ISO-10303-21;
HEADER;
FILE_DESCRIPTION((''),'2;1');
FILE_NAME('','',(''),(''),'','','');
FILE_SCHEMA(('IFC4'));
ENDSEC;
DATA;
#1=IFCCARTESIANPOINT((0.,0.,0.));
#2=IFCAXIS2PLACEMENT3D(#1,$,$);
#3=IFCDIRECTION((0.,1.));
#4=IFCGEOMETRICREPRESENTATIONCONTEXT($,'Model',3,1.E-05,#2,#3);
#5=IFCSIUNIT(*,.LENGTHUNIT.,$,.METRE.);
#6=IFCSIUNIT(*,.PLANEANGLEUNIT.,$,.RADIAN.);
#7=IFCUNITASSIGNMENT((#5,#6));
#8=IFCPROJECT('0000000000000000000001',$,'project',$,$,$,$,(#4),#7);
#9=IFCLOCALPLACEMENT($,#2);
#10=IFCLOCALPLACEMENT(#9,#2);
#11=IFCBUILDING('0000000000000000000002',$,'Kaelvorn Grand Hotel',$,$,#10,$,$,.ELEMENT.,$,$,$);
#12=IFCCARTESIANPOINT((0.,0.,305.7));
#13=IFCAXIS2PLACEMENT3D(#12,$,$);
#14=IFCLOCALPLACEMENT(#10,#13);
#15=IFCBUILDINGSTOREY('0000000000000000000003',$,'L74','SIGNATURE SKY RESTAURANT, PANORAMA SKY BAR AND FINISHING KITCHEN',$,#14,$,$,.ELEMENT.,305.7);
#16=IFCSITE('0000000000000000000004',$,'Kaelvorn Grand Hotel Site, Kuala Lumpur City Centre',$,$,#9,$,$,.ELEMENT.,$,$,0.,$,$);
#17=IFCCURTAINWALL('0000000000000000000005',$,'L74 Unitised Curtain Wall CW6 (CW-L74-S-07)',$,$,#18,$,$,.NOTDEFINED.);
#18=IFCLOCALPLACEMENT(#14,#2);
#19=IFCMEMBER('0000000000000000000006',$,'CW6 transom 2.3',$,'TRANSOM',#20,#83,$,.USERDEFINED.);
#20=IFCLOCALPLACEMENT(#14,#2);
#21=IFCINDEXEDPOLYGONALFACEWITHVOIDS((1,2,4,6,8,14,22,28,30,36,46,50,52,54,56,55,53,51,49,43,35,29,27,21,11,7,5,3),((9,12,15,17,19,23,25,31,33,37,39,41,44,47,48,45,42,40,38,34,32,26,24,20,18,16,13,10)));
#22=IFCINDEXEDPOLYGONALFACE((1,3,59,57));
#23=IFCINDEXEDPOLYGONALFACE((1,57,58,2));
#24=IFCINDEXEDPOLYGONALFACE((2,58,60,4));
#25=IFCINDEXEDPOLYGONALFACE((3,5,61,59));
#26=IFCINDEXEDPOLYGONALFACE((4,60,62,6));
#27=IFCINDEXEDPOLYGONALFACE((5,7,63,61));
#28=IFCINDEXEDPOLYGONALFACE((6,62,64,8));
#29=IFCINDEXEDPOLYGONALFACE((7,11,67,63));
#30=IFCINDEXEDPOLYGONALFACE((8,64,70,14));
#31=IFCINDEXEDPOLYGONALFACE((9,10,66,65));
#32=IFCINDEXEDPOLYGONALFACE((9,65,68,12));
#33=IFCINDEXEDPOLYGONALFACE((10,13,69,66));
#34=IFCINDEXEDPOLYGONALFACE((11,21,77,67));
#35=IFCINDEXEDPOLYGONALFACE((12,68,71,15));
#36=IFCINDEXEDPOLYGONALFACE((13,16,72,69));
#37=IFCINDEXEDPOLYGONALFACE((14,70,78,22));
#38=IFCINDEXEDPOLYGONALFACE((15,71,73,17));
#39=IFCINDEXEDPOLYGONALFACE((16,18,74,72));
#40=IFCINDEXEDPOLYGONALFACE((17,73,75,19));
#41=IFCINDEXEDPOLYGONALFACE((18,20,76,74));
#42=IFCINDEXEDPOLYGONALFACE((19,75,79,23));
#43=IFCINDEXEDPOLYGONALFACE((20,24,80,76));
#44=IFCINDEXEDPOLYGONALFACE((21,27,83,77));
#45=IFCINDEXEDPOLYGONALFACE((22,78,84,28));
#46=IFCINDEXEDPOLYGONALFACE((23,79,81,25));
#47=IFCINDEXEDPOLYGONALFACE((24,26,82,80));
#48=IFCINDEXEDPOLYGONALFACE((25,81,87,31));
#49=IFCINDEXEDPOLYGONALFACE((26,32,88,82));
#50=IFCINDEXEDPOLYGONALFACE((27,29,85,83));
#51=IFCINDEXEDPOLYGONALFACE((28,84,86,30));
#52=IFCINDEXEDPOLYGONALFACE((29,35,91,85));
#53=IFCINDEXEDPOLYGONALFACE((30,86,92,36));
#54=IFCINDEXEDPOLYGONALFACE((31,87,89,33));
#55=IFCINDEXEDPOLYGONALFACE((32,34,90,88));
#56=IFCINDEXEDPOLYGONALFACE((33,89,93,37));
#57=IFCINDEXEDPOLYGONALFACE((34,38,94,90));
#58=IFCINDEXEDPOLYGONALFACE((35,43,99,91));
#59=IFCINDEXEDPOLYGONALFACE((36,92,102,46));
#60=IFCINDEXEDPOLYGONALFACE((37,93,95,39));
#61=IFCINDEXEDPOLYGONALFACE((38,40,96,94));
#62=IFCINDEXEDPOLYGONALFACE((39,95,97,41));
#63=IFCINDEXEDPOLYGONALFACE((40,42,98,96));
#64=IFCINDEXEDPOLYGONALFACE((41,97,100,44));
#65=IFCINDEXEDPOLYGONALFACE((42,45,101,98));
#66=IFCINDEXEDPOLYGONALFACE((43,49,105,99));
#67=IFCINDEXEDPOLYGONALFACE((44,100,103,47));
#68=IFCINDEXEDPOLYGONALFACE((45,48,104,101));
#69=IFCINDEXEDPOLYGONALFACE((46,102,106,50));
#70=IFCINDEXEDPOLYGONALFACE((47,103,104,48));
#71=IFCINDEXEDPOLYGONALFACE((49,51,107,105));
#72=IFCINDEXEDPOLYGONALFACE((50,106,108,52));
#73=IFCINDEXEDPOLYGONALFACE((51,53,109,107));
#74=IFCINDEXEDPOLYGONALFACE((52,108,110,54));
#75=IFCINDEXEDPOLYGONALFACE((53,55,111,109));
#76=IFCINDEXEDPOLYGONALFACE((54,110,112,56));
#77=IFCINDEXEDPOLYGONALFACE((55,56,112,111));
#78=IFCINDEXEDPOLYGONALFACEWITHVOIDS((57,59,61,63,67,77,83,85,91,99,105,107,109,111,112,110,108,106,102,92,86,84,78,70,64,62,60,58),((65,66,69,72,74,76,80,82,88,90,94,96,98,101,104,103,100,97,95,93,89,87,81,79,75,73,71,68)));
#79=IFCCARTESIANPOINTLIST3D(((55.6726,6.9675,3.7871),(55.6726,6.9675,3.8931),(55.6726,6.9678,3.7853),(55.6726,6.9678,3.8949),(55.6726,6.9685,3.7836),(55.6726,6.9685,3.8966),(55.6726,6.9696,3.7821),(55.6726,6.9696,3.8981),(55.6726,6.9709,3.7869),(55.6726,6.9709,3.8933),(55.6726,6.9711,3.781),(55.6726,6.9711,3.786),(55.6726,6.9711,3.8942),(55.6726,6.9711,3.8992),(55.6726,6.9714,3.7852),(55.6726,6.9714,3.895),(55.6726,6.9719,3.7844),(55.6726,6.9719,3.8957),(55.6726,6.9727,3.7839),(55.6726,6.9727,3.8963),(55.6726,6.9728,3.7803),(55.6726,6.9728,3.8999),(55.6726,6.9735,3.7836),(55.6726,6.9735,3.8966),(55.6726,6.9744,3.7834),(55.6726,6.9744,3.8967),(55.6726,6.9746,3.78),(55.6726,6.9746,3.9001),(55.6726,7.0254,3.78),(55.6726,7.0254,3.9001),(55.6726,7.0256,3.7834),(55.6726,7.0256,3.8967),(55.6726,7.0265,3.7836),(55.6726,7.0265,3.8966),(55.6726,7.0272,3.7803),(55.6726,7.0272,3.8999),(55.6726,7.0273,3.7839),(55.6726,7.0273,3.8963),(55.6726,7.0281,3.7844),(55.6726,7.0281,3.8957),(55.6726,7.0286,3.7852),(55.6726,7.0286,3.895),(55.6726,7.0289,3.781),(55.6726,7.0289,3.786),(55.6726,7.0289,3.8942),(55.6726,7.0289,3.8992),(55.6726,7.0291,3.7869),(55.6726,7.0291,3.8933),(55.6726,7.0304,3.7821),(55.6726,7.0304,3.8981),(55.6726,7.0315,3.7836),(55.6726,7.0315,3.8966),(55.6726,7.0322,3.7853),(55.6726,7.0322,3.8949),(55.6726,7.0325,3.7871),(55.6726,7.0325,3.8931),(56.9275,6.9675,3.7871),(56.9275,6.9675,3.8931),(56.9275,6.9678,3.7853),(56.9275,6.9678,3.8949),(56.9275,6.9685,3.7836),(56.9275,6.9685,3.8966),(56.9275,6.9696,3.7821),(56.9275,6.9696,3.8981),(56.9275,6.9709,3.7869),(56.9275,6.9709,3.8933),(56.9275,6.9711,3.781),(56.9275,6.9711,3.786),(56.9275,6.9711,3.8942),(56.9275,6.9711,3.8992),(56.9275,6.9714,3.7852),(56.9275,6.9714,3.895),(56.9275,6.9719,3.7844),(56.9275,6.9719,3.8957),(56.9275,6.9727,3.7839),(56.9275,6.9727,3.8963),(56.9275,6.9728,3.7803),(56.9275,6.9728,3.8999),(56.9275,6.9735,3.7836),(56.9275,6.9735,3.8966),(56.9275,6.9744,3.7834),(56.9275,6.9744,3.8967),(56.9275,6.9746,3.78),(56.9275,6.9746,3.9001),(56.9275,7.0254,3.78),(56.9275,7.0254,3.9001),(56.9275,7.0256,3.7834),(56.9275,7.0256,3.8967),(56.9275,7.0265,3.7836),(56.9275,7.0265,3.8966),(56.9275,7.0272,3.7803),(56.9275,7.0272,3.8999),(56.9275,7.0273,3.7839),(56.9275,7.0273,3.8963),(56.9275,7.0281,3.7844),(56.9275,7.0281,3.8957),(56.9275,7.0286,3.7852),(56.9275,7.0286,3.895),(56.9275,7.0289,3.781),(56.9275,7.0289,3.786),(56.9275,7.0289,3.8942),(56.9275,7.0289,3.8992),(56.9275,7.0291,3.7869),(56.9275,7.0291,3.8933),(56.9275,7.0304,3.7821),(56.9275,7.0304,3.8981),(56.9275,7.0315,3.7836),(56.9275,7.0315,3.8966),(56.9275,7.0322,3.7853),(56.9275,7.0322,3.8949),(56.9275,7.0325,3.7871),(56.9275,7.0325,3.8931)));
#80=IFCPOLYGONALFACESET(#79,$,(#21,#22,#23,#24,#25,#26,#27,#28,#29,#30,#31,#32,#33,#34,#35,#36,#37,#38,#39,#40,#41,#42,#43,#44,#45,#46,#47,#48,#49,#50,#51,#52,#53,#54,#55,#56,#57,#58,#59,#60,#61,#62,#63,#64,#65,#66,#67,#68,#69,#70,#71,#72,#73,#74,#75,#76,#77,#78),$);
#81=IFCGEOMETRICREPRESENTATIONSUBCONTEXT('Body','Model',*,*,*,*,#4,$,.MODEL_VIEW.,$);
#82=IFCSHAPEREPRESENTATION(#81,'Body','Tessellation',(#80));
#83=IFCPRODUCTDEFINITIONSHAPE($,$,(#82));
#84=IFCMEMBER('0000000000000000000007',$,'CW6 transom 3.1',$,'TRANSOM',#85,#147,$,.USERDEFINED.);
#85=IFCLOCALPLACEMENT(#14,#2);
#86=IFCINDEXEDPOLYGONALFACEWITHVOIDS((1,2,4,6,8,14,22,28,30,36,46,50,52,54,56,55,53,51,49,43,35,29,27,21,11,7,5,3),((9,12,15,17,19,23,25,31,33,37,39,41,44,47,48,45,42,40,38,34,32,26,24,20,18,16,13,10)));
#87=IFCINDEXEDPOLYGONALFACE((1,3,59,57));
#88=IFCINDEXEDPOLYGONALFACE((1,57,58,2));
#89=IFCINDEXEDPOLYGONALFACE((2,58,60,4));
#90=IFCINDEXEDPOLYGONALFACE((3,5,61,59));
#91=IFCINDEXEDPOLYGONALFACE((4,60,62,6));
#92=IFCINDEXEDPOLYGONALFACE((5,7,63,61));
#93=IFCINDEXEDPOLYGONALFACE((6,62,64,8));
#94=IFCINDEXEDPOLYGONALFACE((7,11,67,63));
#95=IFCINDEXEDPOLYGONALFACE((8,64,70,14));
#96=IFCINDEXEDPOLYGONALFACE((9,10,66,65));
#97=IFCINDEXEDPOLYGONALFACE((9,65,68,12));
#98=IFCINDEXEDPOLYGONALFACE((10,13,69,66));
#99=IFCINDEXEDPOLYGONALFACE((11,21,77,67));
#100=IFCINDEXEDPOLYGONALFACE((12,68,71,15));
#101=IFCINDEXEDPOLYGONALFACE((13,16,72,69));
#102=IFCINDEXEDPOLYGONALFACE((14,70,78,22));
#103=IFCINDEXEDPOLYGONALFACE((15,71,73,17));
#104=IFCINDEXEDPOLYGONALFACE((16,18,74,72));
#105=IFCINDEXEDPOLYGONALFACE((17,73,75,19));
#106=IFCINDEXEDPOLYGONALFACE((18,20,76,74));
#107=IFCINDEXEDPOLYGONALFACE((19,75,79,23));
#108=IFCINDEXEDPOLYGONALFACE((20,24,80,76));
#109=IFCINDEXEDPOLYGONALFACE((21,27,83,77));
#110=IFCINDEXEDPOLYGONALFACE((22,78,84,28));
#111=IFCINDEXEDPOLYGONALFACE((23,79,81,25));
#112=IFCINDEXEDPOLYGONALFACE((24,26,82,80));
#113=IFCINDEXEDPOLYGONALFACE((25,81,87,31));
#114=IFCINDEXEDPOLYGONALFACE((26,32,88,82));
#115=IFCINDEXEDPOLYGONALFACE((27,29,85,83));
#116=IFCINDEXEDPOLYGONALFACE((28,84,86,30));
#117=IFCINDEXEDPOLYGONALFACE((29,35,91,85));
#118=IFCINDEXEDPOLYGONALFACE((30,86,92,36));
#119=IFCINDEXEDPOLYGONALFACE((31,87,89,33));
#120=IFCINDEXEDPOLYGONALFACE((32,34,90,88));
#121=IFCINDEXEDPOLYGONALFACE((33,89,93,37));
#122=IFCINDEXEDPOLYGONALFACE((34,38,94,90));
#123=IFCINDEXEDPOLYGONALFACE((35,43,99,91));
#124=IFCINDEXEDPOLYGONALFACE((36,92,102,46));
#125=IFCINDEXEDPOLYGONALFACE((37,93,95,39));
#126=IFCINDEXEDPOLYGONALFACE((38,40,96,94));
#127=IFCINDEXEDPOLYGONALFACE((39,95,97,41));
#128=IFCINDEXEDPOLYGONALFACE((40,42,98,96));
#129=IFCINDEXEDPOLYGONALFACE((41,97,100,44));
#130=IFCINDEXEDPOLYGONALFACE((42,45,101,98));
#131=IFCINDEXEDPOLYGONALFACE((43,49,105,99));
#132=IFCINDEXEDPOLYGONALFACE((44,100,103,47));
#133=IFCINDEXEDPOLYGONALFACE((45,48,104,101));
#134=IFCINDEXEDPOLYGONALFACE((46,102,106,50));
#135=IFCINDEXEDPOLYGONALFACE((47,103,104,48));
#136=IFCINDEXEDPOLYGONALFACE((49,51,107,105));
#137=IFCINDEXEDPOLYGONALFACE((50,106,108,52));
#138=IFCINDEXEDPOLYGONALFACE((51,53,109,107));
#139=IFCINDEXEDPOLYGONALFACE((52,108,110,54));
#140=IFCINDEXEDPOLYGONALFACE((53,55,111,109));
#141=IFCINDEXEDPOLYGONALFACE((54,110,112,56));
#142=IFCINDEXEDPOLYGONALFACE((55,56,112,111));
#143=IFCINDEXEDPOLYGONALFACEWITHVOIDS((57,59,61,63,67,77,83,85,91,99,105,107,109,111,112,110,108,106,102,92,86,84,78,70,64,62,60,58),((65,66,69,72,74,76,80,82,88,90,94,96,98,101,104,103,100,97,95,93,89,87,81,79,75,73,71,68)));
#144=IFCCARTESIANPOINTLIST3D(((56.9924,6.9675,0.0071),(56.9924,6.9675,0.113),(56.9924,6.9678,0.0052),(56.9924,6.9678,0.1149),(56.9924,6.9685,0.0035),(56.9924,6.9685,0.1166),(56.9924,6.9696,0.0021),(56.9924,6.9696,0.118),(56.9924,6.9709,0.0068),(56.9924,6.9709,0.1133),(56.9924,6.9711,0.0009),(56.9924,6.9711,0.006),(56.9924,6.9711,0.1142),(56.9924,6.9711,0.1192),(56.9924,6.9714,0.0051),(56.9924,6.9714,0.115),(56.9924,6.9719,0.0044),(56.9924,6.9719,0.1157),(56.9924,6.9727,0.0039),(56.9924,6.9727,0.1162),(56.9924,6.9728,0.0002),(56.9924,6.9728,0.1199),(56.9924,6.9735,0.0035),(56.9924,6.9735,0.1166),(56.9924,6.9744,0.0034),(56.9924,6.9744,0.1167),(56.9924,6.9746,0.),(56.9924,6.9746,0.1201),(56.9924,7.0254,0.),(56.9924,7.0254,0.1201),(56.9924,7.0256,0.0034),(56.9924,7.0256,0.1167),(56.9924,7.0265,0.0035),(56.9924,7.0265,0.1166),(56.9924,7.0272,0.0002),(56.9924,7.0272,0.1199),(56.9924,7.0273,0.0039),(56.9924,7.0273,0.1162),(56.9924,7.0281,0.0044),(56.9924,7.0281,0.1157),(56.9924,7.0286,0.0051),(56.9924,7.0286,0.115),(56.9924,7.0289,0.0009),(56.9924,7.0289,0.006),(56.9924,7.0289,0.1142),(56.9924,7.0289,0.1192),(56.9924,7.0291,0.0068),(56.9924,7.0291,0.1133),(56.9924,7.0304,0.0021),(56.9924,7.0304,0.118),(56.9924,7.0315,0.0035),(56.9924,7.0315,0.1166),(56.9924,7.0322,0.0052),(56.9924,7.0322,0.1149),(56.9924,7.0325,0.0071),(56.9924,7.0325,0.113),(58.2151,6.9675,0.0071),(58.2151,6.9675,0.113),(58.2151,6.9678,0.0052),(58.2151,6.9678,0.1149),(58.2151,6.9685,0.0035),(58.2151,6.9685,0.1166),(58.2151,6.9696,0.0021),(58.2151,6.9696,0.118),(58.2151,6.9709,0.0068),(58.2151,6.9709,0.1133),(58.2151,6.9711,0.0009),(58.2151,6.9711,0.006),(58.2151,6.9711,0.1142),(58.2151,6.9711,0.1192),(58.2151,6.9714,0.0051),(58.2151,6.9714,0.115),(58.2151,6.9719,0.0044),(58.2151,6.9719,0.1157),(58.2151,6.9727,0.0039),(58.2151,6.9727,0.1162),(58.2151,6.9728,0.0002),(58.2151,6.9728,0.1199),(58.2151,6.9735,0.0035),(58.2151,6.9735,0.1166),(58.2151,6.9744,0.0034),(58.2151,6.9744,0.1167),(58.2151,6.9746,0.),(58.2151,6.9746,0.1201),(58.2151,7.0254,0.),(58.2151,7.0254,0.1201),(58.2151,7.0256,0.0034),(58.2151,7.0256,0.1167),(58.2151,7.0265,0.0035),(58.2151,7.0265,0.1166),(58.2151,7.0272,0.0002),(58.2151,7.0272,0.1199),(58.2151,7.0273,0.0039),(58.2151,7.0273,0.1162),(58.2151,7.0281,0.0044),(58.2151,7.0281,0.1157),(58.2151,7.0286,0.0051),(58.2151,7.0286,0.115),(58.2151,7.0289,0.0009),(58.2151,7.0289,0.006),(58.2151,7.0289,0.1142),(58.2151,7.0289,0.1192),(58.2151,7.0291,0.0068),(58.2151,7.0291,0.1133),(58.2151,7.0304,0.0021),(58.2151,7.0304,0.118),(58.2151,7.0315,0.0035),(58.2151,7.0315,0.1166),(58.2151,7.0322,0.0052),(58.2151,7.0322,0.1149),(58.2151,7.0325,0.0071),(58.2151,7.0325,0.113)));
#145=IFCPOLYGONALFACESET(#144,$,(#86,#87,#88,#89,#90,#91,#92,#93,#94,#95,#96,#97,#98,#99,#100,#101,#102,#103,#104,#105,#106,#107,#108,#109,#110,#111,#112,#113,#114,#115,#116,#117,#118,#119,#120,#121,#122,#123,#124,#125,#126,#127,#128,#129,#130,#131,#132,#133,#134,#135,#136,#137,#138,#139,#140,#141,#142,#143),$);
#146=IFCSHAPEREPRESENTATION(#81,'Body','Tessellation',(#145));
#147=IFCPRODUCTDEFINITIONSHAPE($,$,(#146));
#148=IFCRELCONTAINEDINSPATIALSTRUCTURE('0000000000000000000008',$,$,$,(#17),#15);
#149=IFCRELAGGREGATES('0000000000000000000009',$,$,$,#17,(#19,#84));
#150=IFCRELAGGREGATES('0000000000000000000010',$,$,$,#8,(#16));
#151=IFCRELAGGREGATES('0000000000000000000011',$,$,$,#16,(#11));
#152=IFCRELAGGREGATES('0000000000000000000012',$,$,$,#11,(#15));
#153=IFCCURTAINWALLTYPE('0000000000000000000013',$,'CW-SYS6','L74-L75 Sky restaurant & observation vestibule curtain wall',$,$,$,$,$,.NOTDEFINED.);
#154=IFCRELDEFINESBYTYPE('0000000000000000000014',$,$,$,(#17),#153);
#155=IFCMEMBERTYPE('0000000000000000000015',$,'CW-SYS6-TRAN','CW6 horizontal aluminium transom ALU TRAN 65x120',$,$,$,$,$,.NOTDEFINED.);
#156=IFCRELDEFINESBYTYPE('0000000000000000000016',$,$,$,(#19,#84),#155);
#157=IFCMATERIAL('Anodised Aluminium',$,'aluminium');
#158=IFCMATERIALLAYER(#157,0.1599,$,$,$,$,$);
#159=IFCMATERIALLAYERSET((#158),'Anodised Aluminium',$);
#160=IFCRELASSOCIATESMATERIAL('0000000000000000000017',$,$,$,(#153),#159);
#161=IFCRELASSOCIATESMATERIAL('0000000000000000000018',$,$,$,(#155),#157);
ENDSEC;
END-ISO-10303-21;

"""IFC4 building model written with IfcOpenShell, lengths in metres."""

from ifc_helpers import new_model, si_unit, direction, frame, origin, origin_2d, place, context, subcontext, project, spatial, hollow_rectangle, extrude, material, layer, layer_set, material_profile, profile_set, type_object, element, aggregate, save


model = new_model("IFC4")

# Units and contexts
model_context = context("Model", 3, precision=1e-05, world=origin(), true_north=direction((0.0, 1.0)))
body_context = subcontext(model_context, "Body", "Model", "MODEL_VIEW")
ifc_project = project(units=[si_unit("LENGTHUNIT", "METRE"), si_unit("PLANEANGLEUNIT", "RADIAN")], contexts=[model_context])

# Site, building, storey
site_placement = place(None, origin())
site = spatial("IfcSite", under=ifc_project, at=site_placement, Name="Kaelvorn Grand Hotel Site, Kuala Lumpur City Centre", CompositionType="ELEMENT", RefElevation=0.0)
building_placement = place(site_placement, origin())
building = spatial("IfcBuilding", under=site, at=building_placement, Name="Kaelvorn Grand Hotel", CompositionType="ELEMENT")
storey_placement = place(building_placement, frame((0.0, 0.0, 305.7)))
storey = spatial("IfcBuildingStorey", under=building, at=storey_placement, Name="L74", Description="SIGNATURE SKY RESTAURANT, PANORAMA SKY BAR AND FINISHING KITCHEN", CompositionType="ELEMENT", Elevation=305.7)

# Curtain wall
ifc_material_1 = material(Name="Anodised Aluminium", Category="aluminium")
ifc_layer_1 = layer(ifc_material_1, 0.1599)
ifc_layer_set_1 = layer_set([ifc_layer_1], Name="Anodised Aluminium")
curtain_wall_type = type_object("IfcCurtainWallType", Name="CW-SYS6", Description="L74-L75 Sky restaurant & observation vestibule curtain wall", PredefinedType="NOTDEFINED", material=ifc_layer_set_1)
curtain_wall_1_placement = place(storey_placement, origin())
curtain_wall_1 = element("IfcCurtainWall", 1, at=curtain_wall_1_placement, inside=storey, type_object=curtain_wall_type, Name="L74 Unitised Curtain Wall CW6 (CW-L74-S-07)", PredefinedType="NOTDEFINED")

# Members
ifc_material_profile_1 = material_profile(ifc_material_1, hollow_rectangle(XDim=0.0649, YDim=0.1201, WallThickness=0.0034, InnerFilletRadius=0.0034, OuterFilletRadius=0.0071, at=origin_2d()), Name="ALU TRAN 65x120")
ifc_profile_set_1 = profile_set([ifc_material_profile_1], Name="Anodised Aluminium")
member_type_1 = type_object("IfcMemberType", Name="CW-SYS6-TRAN", Description="CW6 horizontal aluminium transom ALU TRAN 65x120", PredefinedType="NOTDEFINED", material=ifc_profile_set_1)
member_1_placement = place(storey_placement, frame((55.6726, 7.0, 3.8401), z_axis=(1.0, 0.0, 0.0), x_axis=(0.0, 1.0, 0.0)))
member_1 = element("IfcMember", 2, at=member_1_placement, type_object=member_type_1, Name="CW6 transom 2.3", ObjectType="TRANSOM", PredefinedType="USERDEFINED", context=body_context, shape_type="SweptSolid", body=[
    extrude(hollow_rectangle(XDim=0.0649, YDim=0.1201, WallThickness=0.0034, InnerFilletRadius=0.0034, OuterFilletRadius=0.0071, at=origin_2d()), origin(), (0.0, 0.0, 1.0), 1.2549),
])
member_2_placement = place(storey_placement, frame((56.9924, 7.0, 0.0601), z_axis=(1.0, 0.0, 0.0), x_axis=(0.0, 1.0, 0.0)))
member_2 = element("IfcMember", 3, at=member_2_placement, type_object=member_type_1, Name="CW6 transom 3.1", ObjectType="TRANSOM", PredefinedType="USERDEFINED", context=body_context, shape_type="SweptSolid", body=[
    extrude(hollow_rectangle(XDim=0.0649, YDim=0.1201, WallThickness=0.0034, InnerFilletRadius=0.0034, OuterFilletRadius=0.0071, at=origin_2d()), origin(), (0.0, 0.0, 1.0), 1.2227),
])

aggregate(curtain_wall_1, [member_1, member_2])

save(model, "model.ifc")
